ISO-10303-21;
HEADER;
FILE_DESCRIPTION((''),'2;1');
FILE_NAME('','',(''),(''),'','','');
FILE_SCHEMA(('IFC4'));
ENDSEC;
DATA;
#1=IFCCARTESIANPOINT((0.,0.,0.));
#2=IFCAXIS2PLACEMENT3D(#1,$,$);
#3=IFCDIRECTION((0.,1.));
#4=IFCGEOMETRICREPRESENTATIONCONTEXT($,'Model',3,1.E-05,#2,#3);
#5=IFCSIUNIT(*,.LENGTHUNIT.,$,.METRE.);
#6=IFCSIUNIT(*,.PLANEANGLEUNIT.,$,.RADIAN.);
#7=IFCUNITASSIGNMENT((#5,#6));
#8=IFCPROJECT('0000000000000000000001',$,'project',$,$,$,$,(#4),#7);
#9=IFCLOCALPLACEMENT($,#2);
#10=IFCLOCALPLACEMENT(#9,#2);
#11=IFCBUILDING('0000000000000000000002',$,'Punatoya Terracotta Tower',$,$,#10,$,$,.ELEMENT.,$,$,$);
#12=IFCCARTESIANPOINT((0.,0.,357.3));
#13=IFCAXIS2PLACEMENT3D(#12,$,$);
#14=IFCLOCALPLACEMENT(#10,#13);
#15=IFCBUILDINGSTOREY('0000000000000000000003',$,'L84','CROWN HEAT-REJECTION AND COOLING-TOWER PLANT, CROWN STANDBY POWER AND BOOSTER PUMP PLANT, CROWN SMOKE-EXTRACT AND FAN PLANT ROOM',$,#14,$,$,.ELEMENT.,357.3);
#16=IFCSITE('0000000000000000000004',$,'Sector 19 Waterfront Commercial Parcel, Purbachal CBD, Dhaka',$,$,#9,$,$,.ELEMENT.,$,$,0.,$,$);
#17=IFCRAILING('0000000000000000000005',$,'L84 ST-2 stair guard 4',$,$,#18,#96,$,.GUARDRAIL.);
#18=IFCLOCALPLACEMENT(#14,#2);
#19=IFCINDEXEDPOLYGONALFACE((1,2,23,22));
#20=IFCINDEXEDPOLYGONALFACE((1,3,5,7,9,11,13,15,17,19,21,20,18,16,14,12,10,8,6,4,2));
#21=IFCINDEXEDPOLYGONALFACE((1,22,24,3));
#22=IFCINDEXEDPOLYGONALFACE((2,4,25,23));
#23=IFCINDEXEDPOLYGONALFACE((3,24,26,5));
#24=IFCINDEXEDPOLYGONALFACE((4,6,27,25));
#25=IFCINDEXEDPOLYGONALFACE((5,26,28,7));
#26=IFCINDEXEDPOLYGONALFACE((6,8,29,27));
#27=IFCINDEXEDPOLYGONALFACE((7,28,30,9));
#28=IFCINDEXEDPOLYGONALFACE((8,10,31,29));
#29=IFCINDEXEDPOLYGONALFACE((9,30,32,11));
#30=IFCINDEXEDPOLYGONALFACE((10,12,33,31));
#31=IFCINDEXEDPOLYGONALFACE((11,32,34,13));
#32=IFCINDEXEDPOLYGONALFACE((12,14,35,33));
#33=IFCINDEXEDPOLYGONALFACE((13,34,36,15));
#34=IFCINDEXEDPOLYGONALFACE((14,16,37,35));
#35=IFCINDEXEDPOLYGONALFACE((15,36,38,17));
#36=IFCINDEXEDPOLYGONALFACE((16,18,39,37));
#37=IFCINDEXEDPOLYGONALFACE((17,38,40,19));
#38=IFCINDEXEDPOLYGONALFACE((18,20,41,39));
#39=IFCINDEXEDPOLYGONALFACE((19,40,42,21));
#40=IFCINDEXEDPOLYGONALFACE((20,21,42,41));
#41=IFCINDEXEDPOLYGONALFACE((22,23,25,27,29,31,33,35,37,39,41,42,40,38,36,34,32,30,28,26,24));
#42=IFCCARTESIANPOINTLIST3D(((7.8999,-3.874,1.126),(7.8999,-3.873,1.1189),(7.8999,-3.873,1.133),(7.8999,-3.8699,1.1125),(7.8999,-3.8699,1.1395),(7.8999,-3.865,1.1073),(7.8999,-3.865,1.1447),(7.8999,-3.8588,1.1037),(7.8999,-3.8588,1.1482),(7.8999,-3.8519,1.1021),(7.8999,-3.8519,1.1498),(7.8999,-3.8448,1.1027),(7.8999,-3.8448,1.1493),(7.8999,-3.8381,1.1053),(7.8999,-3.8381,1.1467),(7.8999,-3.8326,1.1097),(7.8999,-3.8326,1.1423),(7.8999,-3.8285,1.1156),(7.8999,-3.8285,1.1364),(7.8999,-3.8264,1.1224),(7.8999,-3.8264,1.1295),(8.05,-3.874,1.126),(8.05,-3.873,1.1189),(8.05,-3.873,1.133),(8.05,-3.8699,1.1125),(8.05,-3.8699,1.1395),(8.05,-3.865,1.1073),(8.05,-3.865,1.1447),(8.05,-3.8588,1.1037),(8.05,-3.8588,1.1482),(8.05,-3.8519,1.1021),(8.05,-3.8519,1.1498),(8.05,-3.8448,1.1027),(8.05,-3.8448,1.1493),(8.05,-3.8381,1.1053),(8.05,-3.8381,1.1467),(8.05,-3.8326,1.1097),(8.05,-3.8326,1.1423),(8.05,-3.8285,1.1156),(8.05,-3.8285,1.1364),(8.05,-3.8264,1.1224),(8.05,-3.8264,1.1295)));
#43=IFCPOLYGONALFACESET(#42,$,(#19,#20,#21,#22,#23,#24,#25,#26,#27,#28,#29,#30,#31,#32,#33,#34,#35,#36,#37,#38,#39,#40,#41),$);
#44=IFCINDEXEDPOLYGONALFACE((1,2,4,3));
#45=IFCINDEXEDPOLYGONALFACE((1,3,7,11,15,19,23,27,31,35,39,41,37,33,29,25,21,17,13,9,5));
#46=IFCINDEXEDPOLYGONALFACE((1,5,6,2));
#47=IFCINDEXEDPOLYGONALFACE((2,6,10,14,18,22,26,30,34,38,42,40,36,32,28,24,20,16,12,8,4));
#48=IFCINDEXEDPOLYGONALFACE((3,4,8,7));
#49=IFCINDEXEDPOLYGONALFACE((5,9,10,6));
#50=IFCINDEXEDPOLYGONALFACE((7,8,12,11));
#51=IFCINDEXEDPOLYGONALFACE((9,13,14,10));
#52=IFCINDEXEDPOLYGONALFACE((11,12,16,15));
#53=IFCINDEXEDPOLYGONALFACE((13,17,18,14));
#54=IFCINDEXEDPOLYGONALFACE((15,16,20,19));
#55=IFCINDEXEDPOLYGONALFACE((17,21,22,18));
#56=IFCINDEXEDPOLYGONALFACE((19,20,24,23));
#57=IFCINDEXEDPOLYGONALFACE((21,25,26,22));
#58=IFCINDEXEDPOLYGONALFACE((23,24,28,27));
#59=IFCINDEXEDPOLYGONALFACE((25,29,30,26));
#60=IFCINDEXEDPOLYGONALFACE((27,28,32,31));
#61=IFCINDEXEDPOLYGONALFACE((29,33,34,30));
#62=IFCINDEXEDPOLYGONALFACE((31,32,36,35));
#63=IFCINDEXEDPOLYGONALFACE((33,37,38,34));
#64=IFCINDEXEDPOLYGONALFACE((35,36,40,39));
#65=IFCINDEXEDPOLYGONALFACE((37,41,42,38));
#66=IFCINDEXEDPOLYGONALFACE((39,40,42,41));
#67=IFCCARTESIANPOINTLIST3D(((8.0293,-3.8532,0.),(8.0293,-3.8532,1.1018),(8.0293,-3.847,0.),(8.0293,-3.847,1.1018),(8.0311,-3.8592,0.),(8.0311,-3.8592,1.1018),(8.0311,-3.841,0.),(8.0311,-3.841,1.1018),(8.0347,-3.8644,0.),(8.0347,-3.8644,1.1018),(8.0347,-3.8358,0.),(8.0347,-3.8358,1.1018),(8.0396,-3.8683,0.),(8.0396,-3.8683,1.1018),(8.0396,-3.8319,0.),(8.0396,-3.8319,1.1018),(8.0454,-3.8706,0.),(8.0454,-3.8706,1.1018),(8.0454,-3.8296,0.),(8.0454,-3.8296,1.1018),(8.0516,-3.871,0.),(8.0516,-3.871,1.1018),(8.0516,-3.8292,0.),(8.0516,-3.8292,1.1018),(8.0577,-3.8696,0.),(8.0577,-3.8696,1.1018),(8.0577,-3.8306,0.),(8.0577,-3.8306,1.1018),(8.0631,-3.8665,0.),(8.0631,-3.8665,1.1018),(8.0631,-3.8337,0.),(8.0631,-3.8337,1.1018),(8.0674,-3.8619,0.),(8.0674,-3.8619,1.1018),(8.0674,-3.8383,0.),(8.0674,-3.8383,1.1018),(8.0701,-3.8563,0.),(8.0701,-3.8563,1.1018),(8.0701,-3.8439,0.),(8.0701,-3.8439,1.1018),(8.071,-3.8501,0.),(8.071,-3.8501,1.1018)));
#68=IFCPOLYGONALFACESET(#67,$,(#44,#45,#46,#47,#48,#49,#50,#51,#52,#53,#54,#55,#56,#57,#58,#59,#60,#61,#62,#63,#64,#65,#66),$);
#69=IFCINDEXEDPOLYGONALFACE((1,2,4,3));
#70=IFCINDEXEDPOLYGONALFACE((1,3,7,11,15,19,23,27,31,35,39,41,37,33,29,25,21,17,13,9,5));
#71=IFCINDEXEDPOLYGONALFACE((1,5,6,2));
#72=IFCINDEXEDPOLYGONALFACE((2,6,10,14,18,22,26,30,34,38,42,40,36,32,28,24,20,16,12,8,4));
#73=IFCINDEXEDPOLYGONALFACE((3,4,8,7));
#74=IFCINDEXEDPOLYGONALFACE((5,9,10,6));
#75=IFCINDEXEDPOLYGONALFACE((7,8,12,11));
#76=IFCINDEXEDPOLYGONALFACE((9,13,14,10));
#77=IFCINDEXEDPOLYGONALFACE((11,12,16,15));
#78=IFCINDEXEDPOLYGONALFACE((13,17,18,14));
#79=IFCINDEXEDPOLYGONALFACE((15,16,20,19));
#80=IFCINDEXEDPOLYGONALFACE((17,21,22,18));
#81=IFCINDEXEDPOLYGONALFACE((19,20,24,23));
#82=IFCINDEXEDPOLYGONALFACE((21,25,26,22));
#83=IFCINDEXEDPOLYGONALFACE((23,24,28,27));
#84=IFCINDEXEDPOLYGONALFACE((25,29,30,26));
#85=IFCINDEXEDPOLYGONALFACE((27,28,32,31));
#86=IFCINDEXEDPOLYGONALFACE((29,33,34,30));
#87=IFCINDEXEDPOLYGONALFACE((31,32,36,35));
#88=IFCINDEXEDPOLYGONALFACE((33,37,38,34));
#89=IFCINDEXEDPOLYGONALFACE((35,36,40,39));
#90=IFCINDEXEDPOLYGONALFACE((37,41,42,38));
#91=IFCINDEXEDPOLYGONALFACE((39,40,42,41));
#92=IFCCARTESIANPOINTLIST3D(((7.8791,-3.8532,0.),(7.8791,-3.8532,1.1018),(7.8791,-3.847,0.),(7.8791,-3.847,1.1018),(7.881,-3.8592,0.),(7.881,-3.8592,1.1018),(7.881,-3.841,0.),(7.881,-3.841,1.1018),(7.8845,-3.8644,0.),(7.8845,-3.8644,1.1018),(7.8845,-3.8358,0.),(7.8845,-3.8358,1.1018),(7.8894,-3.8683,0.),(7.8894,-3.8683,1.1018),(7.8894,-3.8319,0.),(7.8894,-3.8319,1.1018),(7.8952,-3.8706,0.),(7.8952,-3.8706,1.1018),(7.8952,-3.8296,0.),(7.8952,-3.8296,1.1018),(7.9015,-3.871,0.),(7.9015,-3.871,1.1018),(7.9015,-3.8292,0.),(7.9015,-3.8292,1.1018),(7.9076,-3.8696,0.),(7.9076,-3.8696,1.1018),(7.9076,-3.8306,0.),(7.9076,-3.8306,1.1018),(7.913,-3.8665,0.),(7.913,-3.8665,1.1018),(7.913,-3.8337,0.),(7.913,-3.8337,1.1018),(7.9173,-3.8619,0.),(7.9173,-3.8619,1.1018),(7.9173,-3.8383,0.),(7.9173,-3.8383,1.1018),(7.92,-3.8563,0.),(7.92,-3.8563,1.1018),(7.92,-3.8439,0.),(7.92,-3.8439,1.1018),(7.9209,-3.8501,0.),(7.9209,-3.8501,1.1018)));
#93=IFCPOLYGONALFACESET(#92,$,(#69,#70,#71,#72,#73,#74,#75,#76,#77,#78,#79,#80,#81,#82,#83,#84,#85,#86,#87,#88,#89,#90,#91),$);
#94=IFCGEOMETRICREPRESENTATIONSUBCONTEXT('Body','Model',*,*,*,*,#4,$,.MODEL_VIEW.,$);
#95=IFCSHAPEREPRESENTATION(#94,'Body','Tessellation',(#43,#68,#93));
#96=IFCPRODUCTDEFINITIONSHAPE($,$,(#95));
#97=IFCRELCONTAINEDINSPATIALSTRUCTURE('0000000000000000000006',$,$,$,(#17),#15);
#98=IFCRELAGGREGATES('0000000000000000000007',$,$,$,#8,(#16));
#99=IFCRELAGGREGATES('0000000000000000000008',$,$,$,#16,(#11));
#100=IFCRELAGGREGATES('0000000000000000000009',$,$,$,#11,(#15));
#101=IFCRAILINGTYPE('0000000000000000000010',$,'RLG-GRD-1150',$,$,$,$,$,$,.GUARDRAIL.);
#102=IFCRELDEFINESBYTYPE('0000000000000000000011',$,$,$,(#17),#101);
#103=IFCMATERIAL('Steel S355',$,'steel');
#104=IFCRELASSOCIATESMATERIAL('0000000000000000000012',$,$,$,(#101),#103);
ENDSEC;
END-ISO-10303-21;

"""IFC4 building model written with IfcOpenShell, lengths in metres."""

from ifc_helpers import new_model, si_unit, direction, frame, origin, origin_2d, place, context, subcontext, project, spatial, circle, extrude, material, type_object, element, save


model = new_model("IFC4")

# Units and contexts
model_context = context("Model", 3, precision=1e-05, world=origin(), true_north=direction((0.0, 1.0)))
body_context = subcontext(model_context, "Body", "Model", "MODEL_VIEW")
ifc_project = project(units=[si_unit("LENGTHUNIT", "METRE"), si_unit("PLANEANGLEUNIT", "RADIAN")], contexts=[model_context])

# Site, building, storey
site_placement = place(None, origin())
site = spatial("IfcSite", under=ifc_project, at=site_placement, Name="Sector 19 Waterfront Commercial Parcel, Purbachal CBD, Dhaka", CompositionType="ELEMENT", RefElevation=0.0)
building_placement = place(site_placement, origin())
building = spatial("IfcBuilding", under=site, at=building_placement, Name="Punatoya Terracotta Tower", CompositionType="ELEMENT")
storey_placement = place(building_placement, frame((0.0, 0.0, 357.3)))
storey = spatial("IfcBuildingStorey", under=building, at=storey_placement, Name="L84", Description="CROWN HEAT-REJECTION AND COOLING-TOWER PLANT, CROWN STANDBY POWER AND BOOSTER PUMP PLANT, CROWN SMOKE-EXTRACT AND FAN PLANT ROOM", CompositionType="ELEMENT", Elevation=357.3)

# Railing
ifc_material_1 = material(Name="Steel S355", Category="steel")
railing_type_1 = type_object("IfcRailingType", Name="RLG-GRD-1150", PredefinedType="GUARDRAIL", material=ifc_material_1)
railing_1_placement = place(storey_placement, frame((8.05, -3.8501, 0.0)))
element("IfcRailing", 1, at=railing_1_placement, inside=storey, type_object=railing_type_1, Name="L84 ST-2 stair guard 4", PredefinedType="GUARDRAIL", context=body_context, shape_type="SweptSolid", body=[
    extrude(circle(Radius=0.0239, at=origin_2d()), frame((0.0, 0.0, 1.126), z_axis=(-1.0, 0.0, 0.0), x_axis=(0.0, -1.0, 0.0)), (0.0, 0.0, 1.0), 0.1501),
    extrude(circle(Radius=0.021, at=origin_2d()), origin(), (0.0, 0.0, 1.0), 1.1018),
    extrude(circle(Radius=0.021, at=origin_2d()), frame((-0.1501, 0.0, 0.0)), (0.0, 0.0, 1.0), 1.1018),
])

save(model, "model.ifc")
